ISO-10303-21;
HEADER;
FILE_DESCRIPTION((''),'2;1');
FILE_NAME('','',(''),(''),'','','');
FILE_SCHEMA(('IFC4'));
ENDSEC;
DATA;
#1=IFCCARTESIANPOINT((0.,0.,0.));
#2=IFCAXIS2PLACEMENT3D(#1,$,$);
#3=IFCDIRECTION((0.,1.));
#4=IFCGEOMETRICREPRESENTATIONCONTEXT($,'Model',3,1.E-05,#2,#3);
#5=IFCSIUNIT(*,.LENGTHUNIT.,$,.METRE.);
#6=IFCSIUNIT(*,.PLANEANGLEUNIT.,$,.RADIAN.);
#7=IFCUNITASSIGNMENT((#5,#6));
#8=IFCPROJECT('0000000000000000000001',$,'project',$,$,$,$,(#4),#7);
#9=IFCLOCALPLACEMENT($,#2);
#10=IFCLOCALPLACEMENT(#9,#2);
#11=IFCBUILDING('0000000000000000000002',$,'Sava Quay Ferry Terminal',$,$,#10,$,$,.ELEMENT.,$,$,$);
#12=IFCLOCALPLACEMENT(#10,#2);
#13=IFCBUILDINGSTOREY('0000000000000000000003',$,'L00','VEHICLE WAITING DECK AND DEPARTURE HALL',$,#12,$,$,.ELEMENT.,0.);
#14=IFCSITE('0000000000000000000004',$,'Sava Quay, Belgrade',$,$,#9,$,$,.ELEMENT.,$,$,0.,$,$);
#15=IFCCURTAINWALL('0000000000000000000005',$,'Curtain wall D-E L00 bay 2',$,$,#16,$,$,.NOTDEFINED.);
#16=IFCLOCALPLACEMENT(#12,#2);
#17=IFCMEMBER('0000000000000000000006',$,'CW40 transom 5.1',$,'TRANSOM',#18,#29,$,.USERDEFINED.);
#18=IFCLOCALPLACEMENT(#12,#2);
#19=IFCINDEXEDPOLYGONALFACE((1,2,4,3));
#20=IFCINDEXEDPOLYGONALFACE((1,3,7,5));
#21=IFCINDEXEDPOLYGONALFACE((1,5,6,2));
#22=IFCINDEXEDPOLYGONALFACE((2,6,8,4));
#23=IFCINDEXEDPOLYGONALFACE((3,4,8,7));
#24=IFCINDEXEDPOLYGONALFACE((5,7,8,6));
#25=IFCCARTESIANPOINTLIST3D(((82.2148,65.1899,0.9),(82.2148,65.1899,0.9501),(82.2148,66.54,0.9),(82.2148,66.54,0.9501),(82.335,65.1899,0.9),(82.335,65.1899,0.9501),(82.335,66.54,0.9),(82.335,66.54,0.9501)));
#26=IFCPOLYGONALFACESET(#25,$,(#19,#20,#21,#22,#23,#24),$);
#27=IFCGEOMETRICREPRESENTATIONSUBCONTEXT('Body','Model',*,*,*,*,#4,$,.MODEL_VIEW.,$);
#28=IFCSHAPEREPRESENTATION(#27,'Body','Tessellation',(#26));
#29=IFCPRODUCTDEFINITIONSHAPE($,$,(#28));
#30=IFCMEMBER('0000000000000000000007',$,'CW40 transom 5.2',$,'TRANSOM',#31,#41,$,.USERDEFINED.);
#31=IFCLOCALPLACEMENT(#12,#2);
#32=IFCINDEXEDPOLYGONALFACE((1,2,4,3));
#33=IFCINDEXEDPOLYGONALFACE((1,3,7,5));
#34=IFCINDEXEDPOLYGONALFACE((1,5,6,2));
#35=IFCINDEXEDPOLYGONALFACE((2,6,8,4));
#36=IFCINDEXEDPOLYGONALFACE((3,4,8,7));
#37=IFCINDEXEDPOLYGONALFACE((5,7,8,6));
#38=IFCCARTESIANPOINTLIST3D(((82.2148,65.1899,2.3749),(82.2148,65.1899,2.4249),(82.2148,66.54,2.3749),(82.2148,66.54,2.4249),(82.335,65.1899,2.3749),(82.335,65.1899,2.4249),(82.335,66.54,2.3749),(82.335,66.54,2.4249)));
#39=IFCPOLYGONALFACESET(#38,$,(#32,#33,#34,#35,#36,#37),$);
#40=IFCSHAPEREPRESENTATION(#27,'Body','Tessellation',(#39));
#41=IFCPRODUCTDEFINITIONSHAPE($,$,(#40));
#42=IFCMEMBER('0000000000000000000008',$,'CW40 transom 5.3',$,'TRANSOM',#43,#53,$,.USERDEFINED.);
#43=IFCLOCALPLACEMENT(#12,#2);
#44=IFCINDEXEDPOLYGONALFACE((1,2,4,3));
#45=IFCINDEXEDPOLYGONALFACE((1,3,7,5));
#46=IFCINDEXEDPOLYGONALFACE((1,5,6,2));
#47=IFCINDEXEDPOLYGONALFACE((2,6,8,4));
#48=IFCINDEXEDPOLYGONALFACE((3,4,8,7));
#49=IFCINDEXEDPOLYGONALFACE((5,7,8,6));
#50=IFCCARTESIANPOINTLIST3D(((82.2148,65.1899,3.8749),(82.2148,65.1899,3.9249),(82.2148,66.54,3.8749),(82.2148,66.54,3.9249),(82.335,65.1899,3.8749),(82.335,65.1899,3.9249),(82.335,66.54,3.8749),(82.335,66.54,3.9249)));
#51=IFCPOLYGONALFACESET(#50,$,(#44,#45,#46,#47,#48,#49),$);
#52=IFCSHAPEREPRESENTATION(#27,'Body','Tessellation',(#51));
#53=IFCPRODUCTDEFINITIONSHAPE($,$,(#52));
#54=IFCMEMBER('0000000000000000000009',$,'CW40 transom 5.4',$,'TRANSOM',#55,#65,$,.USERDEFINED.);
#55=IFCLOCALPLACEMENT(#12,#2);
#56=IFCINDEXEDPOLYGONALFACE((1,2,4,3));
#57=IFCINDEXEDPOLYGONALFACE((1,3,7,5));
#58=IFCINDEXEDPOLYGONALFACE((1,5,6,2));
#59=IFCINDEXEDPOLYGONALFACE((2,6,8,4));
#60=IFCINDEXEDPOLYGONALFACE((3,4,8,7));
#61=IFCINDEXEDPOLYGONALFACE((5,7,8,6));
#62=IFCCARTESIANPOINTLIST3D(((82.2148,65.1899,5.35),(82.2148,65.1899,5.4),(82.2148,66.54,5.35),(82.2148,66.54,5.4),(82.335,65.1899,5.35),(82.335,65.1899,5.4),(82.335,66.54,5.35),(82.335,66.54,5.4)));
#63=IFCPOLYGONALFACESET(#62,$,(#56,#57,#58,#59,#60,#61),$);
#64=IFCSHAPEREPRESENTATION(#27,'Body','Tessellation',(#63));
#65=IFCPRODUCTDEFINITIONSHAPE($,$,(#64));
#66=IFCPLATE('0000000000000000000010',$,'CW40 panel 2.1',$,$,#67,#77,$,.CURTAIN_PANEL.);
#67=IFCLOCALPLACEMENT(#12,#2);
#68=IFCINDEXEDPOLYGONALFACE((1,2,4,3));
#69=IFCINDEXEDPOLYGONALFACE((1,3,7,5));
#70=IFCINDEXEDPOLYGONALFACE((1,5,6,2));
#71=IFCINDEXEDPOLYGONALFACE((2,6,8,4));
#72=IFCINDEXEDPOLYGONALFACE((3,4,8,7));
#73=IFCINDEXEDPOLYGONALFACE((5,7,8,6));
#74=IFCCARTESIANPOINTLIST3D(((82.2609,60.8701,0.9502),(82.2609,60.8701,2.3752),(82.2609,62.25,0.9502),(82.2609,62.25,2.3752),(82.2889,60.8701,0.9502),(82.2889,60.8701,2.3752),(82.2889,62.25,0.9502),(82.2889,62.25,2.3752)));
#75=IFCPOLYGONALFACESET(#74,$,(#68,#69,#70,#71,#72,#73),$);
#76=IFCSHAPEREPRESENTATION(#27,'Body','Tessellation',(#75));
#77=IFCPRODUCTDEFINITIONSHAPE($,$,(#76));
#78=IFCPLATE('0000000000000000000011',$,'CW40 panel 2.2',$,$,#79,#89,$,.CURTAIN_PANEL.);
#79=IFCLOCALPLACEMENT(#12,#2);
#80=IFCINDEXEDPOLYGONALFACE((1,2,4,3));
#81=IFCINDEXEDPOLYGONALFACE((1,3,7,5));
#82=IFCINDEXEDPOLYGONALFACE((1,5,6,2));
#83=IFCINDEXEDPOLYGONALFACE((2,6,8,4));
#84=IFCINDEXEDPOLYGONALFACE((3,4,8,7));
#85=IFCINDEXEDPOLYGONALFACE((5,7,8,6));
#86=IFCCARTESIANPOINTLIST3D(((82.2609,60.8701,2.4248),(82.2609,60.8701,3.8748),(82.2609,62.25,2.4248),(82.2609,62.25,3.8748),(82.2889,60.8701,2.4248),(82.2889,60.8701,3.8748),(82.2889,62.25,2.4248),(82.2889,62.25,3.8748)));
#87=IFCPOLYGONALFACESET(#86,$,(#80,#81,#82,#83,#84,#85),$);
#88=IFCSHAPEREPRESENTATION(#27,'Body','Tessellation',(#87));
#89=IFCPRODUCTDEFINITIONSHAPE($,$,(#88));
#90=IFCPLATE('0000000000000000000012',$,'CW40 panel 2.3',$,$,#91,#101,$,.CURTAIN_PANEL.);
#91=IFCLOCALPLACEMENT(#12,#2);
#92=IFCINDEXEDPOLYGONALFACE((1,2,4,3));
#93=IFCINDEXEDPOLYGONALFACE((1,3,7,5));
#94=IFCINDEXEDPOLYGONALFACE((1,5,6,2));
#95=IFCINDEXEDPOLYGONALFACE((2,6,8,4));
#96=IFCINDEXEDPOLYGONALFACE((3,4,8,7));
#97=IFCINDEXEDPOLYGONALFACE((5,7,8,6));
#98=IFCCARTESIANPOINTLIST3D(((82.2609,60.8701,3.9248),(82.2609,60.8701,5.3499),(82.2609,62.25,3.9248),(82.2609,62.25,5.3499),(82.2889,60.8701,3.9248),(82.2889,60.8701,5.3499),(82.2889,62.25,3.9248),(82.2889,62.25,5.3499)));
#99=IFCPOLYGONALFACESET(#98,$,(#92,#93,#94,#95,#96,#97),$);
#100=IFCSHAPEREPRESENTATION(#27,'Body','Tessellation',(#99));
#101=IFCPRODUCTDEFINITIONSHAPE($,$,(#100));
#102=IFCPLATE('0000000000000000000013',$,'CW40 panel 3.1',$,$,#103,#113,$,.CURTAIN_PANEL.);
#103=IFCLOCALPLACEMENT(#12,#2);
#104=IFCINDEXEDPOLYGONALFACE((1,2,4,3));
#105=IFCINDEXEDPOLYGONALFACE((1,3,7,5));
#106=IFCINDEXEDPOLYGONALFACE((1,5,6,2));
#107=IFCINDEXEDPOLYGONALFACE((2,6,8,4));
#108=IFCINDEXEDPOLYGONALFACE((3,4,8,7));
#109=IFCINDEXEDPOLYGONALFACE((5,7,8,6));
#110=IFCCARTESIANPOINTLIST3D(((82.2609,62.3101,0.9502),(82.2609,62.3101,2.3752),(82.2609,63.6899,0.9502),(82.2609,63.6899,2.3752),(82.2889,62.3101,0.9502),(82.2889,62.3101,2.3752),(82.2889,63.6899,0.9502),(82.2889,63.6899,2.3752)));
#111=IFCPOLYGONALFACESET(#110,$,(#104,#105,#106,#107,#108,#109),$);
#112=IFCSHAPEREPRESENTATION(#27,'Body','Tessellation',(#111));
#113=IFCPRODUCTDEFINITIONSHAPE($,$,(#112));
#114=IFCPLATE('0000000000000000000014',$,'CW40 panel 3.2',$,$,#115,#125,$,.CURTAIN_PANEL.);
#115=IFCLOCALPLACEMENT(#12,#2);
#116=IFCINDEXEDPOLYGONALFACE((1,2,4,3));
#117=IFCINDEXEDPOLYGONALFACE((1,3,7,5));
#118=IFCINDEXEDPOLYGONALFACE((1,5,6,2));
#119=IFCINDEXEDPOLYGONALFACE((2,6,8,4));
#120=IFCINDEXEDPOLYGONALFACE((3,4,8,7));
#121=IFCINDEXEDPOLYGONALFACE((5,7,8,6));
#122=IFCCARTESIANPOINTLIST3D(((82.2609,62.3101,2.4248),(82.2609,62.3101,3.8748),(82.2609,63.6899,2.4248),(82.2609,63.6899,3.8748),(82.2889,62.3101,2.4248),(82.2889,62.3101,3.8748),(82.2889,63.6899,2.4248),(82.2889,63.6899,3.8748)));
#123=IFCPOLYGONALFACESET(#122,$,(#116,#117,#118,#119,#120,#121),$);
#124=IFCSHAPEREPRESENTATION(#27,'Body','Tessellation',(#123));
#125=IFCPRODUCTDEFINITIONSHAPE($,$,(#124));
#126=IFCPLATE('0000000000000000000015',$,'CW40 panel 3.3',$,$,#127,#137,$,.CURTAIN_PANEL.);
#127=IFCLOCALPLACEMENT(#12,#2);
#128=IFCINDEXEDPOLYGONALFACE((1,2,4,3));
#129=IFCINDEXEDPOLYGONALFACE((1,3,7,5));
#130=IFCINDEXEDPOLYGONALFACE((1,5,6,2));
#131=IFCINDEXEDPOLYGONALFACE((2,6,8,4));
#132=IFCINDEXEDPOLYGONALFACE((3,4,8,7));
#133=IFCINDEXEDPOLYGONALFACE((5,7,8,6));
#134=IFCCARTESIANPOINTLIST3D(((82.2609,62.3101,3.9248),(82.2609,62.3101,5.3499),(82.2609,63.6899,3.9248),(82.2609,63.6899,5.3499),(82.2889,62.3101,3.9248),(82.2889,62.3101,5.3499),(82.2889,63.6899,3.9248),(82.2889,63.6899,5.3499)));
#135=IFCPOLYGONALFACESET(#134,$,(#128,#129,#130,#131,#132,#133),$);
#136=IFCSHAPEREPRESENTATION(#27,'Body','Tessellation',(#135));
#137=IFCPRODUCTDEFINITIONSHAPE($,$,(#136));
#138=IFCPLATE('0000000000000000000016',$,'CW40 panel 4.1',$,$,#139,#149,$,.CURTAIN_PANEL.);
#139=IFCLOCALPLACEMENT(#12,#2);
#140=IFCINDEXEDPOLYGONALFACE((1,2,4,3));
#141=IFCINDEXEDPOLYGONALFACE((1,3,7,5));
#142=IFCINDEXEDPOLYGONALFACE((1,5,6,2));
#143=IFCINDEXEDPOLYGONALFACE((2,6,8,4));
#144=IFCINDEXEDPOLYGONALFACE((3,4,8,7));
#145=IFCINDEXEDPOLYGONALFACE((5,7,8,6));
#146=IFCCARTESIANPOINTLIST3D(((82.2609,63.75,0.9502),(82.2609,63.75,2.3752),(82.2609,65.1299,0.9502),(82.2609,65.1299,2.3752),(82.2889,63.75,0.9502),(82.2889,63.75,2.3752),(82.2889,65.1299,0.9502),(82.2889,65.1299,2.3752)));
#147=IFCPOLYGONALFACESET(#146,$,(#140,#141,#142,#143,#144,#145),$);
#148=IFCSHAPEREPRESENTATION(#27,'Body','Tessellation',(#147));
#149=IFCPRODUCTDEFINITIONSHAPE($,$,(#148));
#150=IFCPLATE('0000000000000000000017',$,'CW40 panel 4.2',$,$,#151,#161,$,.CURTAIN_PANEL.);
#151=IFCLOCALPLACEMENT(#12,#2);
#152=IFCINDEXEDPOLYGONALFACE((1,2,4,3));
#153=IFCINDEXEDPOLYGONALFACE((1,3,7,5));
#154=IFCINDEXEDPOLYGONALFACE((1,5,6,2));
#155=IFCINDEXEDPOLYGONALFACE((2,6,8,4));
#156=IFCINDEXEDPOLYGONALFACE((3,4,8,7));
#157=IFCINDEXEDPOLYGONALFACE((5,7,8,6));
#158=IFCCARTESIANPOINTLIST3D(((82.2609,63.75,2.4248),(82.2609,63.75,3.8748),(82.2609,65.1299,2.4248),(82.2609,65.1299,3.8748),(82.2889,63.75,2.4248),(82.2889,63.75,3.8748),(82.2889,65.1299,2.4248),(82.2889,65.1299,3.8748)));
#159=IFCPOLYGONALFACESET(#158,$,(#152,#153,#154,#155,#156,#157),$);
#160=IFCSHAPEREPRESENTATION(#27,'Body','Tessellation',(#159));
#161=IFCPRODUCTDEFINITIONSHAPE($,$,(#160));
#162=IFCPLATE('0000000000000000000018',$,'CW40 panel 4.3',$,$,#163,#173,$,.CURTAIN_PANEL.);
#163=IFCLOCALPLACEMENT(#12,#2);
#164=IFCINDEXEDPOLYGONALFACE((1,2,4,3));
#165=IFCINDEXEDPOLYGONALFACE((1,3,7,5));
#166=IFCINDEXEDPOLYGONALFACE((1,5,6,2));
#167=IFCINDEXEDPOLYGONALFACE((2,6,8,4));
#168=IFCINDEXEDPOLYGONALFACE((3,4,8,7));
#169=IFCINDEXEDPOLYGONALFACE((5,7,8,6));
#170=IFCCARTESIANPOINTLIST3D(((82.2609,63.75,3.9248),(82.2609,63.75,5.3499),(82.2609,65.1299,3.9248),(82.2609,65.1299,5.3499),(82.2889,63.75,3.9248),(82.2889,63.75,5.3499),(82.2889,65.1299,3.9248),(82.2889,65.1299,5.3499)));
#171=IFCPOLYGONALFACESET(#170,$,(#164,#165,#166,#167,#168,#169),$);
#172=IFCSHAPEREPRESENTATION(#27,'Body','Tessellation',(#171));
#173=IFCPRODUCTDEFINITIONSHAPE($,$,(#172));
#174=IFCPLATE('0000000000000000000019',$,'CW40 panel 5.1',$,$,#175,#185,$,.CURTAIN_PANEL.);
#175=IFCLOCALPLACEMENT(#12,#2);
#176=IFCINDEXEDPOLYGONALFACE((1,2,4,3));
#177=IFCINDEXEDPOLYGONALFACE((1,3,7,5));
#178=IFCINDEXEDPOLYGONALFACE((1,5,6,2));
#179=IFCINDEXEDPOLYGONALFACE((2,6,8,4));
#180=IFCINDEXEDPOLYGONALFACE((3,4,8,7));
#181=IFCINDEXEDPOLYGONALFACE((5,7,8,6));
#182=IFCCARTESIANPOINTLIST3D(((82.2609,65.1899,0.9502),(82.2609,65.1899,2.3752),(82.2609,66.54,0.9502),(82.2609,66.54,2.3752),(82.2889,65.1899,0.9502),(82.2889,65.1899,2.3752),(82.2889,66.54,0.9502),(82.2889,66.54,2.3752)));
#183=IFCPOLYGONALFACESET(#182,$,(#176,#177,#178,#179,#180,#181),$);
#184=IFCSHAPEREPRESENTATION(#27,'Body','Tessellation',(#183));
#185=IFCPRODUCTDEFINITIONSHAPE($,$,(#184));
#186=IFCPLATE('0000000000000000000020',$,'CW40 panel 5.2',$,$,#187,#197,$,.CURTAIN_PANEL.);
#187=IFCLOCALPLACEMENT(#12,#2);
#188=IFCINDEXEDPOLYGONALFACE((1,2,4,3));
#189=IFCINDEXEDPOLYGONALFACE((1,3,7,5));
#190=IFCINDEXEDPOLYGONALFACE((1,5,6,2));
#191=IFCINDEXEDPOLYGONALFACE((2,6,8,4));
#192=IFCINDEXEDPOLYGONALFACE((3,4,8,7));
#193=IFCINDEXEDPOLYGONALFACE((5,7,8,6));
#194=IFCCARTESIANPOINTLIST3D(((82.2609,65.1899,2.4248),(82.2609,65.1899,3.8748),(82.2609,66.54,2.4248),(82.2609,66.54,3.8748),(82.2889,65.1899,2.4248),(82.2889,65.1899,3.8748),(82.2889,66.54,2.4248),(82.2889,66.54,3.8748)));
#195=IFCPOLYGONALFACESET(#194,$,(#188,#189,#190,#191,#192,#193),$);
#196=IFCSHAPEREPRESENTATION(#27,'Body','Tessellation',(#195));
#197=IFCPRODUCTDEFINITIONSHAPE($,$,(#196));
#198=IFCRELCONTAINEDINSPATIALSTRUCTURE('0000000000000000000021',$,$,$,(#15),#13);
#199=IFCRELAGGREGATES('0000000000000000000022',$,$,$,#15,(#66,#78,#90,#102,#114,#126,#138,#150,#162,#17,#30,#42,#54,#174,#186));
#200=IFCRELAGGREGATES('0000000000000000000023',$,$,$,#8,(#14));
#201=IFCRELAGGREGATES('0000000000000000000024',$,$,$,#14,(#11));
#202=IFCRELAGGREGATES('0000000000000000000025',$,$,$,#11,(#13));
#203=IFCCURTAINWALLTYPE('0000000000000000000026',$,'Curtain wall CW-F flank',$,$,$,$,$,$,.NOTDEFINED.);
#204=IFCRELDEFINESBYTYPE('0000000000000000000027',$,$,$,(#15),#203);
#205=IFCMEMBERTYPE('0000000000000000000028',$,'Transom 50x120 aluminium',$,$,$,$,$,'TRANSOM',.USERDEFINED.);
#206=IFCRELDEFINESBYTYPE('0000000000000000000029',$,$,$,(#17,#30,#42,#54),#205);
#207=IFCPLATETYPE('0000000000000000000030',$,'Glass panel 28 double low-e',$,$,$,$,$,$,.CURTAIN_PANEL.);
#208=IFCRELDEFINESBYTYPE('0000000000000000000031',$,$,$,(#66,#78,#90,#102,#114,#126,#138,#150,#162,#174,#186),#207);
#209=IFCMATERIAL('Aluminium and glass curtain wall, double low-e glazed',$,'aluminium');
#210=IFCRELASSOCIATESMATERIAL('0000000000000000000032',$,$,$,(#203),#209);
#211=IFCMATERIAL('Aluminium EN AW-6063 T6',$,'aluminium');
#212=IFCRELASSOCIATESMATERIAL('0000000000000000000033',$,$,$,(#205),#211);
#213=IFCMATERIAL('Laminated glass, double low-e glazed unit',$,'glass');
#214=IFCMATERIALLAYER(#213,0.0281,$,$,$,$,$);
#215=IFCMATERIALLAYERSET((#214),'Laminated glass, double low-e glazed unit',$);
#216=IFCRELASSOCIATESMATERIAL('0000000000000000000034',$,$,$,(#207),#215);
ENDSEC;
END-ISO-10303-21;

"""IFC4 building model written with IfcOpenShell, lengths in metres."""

from ifc_helpers import new_model, si_unit, direction, frame, origin, origin_2d, place, context, subcontext, project, spatial, rectangle, extrude, material, layer, layer_set, material_profile, profile_set, type_object, element, aggregate, save


model = new_model("IFC4")

# Units and contexts
model_context = context("Model", 3, precision=1e-05, world=origin(), true_north=direction((0.0, 1.0)))
body_context = subcontext(model_context, "Body", "Model", "MODEL_VIEW")
ifc_project = project(units=[si_unit("LENGTHUNIT", "METRE"), si_unit("PLANEANGLEUNIT", "RADIAN")], contexts=[model_context])

# Site, building, storey
site_placement = place(None, origin())
site = spatial("IfcSite", under=ifc_project, at=site_placement, Name="Sava Quay, Belgrade", CompositionType="ELEMENT", RefElevation=0.0)
building_placement = place(site_placement, origin())
building = spatial("IfcBuilding", under=site, at=building_placement, Name="Sava Quay Ferry Terminal", CompositionType="ELEMENT")
storey_placement = place(building_placement, origin())
storey = spatial("IfcBuildingStorey", under=building, at=storey_placement, Name="L00", Description="VEHICLE WAITING DECK AND DEPARTURE HALL", CompositionType="ELEMENT", Elevation=0.0)

# Curtain wall, members, plates
ifc_material_1 = material(Name="Aluminium and glass curtain wall, double low-e glazed", Category="aluminium")
curtain_wall_type = type_object("IfcCurtainWallType", Name="Curtain wall CW-F flank", PredefinedType="NOTDEFINED", material=ifc_material_1)
curtain_wall_placement = place(storey_placement, origin())
curtain_wall = element("IfcCurtainWall", 1, at=curtain_wall_placement, inside=storey, type_object=curtain_wall_type, Name="Curtain wall D-E L00 bay 2", PredefinedType="NOTDEFINED")
ifc_material_2 = material(Name="Aluminium EN AW-6063 T6", Category="aluminium")
ifc_material_profile_1 = material_profile(ifc_material_2, rectangle(XDim=0.1201, YDim=0.05, at=origin_2d()), Name="Transom 50x120 aluminium")
ifc_profile_set_1 = profile_set([ifc_material_profile_1], Name="Aluminium EN AW-6063 T6")
member_type_1 = type_object("IfcMemberType", Name="Transom 50x120 aluminium", ElementType="TRANSOM", PredefinedType="USERDEFINED", material=ifc_profile_set_1)
member_1_placement = place(storey_placement, frame((82.2749, 65.1899, 0.925), z_axis=(0.0, 1.0, 0.0), x_axis=(-1.0, 0.0, 0.0)))
member_1 = element("IfcMember", 2, at=member_1_placement, type_object=member_type_1, Name="CW40 transom 5.1", ObjectType="TRANSOM", PredefinedType="USERDEFINED", context=body_context, shape_type="SweptSolid", body=[
    extrude(rectangle(XDim=0.1201, YDim=0.05, at=origin_2d()), origin(), (0.0, 0.0, 1.0), 1.3501),
])
member_2_placement = place(storey_placement, frame((82.2749, 65.1899, 2.3999), z_axis=(0.0, 1.0, 0.0), x_axis=(-1.0, 0.0, 0.0)))
member_2 = element("IfcMember", 3, at=member_2_placement, type_object=member_type_1, Name="CW40 transom 5.2", ObjectType="TRANSOM", PredefinedType="USERDEFINED", context=body_context, shape_type="SweptSolid", body=[
    extrude(rectangle(XDim=0.1201, YDim=0.05, at=origin_2d()), origin(), (0.0, 0.0, 1.0), 1.3501),
])
member_3_placement = place(storey_placement, frame((82.2749, 65.1899, 3.8999), z_axis=(0.0, 1.0, 0.0), x_axis=(-1.0, 0.0, 0.0)))
member_3 = element("IfcMember", 4, at=member_3_placement, type_object=member_type_1, Name="CW40 transom 5.3", ObjectType="TRANSOM", PredefinedType="USERDEFINED", context=body_context, shape_type="SweptSolid", body=[
    extrude(rectangle(XDim=0.1201, YDim=0.05, at=origin_2d()), origin(), (0.0, 0.0, 1.0), 1.3501),
])
member_4_placement = place(storey_placement, frame((82.2749, 65.1899, 5.375), z_axis=(0.0, 1.0, 0.0), x_axis=(-1.0, 0.0, 0.0)))
member_4 = element("IfcMember", 5, at=member_4_placement, type_object=member_type_1, Name="CW40 transom 5.4", ObjectType="TRANSOM", PredefinedType="USERDEFINED", context=body_context, shape_type="SweptSolid", body=[
    extrude(rectangle(XDim=0.1201, YDim=0.05, at=origin_2d()), origin(), (0.0, 0.0, 1.0), 1.3501),
])
ifc_material_3 = material(Name="Laminated glass, double low-e glazed unit", Category="glass")
ifc_layer = layer(ifc_material_3, 0.0281)
ifc_layer_set = layer_set([ifc_layer], Name="Laminated glass, double low-e glazed unit")
plate_type = type_object("IfcPlateType", Name="Glass panel 28 double low-e", PredefinedType="CURTAIN_PANEL", material=ifc_layer_set)
plate_1_placement = place(storey_placement, frame((82.2749, 61.5601, 0.9502), z_axis=(0.0, 0.0, 1.0), x_axis=(0.0, 1.0, 0.0)))
plate_1 = element("IfcPlate", 6, at=plate_1_placement, type_object=plate_type, Name="CW40 panel 2.1", PredefinedType="CURTAIN_PANEL", context=body_context, shape_type="SweptSolid", body=[
    extrude(rectangle(XDim=1.3799, YDim=0.0281, at=origin_2d()), origin(), (0.0, 0.0, 1.0), 1.425),
])
plate_2_placement = place(storey_placement, frame((82.2749, 61.5601, 2.4248), z_axis=(0.0, 0.0, 1.0), x_axis=(0.0, 1.0, 0.0)))
plate_2 = element("IfcPlate", 7, at=plate_2_placement, type_object=plate_type, Name="CW40 panel 2.2", PredefinedType="CURTAIN_PANEL", context=body_context, shape_type="SweptSolid", body=[
    extrude(rectangle(XDim=1.3799, YDim=0.0281, at=origin_2d()), origin(), (0.0, 0.0, 1.0), 1.45),
])
plate_3_placement = place(storey_placement, frame((82.2749, 61.5601, 3.9248), z_axis=(0.0, 0.0, 1.0), x_axis=(0.0, 1.0, 0.0)))
plate_3 = element("IfcPlate", 8, at=plate_3_placement, type_object=plate_type, Name="CW40 panel 2.3", PredefinedType="CURTAIN_PANEL", context=body_context, shape_type="SweptSolid", body=[
    extrude(rectangle(XDim=1.3799, YDim=0.0281, at=origin_2d()), origin(), (0.0, 0.0, 1.0), 1.425),
])
plate_4_placement = place(storey_placement, frame((82.2749, 63.0, 0.9502), z_axis=(0.0, 0.0, 1.0), x_axis=(0.0, 1.0, 0.0)))
plate_4 = element("IfcPlate", 9, at=plate_4_placement, type_object=plate_type, Name="CW40 panel 3.1", PredefinedType="CURTAIN_PANEL", context=body_context, shape_type="SweptSolid", body=[
    extrude(rectangle(XDim=1.3799, YDim=0.0281, at=origin_2d()), origin(), (0.0, 0.0, 1.0), 1.425),
])
plate_5_placement = place(storey_placement, frame((82.2749, 63.0, 2.4248), z_axis=(0.0, 0.0, 1.0), x_axis=(0.0, 1.0, 0.0)))
plate_5 = element("IfcPlate", 10, at=plate_5_placement, type_object=plate_type, Name="CW40 panel 3.2", PredefinedType="CURTAIN_PANEL", context=body_context, shape_type="SweptSolid", body=[
    extrude(rectangle(XDim=1.3799, YDim=0.0281, at=origin_2d()), origin(), (0.0, 0.0, 1.0), 1.45),
])
plate_6_placement = place(storey_placement, frame((82.2749, 63.0, 3.9248), z_axis=(0.0, 0.0, 1.0), x_axis=(0.0, 1.0, 0.0)))
plate_6 = element("IfcPlate", 11, at=plate_6_placement, type_object=plate_type, Name="CW40 panel 3.3", PredefinedType="CURTAIN_PANEL", context=body_context, shape_type="SweptSolid", body=[
    extrude(rectangle(XDim=1.3799, YDim=0.0281, at=origin_2d()), origin(), (0.0, 0.0, 1.0), 1.425),
])
plate_7_placement = place(storey_placement, frame((82.2749, 64.4399, 0.9502), z_axis=(0.0, 0.0, 1.0), x_axis=(0.0, 1.0, 0.0)))
plate_7 = element("IfcPlate", 12, at=plate_7_placement, type_object=plate_type, Name="CW40 panel 4.1", PredefinedType="CURTAIN_PANEL", context=body_context, shape_type="SweptSolid", body=[
    extrude(rectangle(XDim=1.3799, YDim=0.0281, at=origin_2d()), origin(), (0.0, 0.0, 1.0), 1.425),
])
plate_8_placement = place(storey_placement, frame((82.2749, 64.4399, 2.4248), z_axis=(0.0, 0.0, 1.0), x_axis=(0.0, 1.0, 0.0)))
plate_8 = element("IfcPlate", 13, at=plate_8_placement, type_object=plate_type, Name="CW40 panel 4.2", PredefinedType="CURTAIN_PANEL", context=body_context, shape_type="SweptSolid", body=[
    extrude(rectangle(XDim=1.3799, YDim=0.0281, at=origin_2d()), origin(), (0.0, 0.0, 1.0), 1.45),
])
plate_9_placement = place(storey_placement, frame((82.2749, 64.4399, 3.9248), z_axis=(0.0, 0.0, 1.0), x_axis=(0.0, 1.0, 0.0)))
plate_9 = element("IfcPlate", 14, at=plate_9_placement, type_object=plate_type, Name="CW40 panel 4.3", PredefinedType="CURTAIN_PANEL", context=body_context, shape_type="SweptSolid", body=[
    extrude(rectangle(XDim=1.3799, YDim=0.0281, at=origin_2d()), origin(), (0.0, 0.0, 1.0), 1.425),
])
plate_10_placement = place(storey_placement, frame((82.2749, 65.865, 0.9502), z_axis=(0.0, 0.0, 1.0), x_axis=(0.0, 1.0, 0.0)))
plate_10 = element("IfcPlate", 15, at=plate_10_placement, type_object=plate_type, Name="CW40 panel 5.1", PredefinedType="CURTAIN_PANEL", context=body_context, shape_type="SweptSolid", body=[
    extrude(rectangle(XDim=1.3501, YDim=0.0281, at=origin_2d()), origin(), (0.0, 0.0, 1.0), 1.425),
])
plate_11_placement = place(storey_placement, frame((82.2749, 65.865, 2.4248), z_axis=(0.0, 0.0, 1.0), x_axis=(0.0, 1.0, 0.0)))
plate_11 = element("IfcPlate", 16, at=plate_11_placement, type_object=plate_type, Name="CW40 panel 5.2", PredefinedType="CURTAIN_PANEL", context=body_context, shape_type="SweptSolid", body=[
    extrude(rectangle(XDim=1.3501, YDim=0.0281, at=origin_2d()), origin(), (0.0, 0.0, 1.0), 1.45),
])
aggregate(curtain_wall, [plate_1, plate_2, plate_3, plate_4, plate_5, plate_6, plate_7, plate_8, plate_9, member_1, member_2, member_3, member_4, plate_10, plate_11])

save(model, "model.ifc")
